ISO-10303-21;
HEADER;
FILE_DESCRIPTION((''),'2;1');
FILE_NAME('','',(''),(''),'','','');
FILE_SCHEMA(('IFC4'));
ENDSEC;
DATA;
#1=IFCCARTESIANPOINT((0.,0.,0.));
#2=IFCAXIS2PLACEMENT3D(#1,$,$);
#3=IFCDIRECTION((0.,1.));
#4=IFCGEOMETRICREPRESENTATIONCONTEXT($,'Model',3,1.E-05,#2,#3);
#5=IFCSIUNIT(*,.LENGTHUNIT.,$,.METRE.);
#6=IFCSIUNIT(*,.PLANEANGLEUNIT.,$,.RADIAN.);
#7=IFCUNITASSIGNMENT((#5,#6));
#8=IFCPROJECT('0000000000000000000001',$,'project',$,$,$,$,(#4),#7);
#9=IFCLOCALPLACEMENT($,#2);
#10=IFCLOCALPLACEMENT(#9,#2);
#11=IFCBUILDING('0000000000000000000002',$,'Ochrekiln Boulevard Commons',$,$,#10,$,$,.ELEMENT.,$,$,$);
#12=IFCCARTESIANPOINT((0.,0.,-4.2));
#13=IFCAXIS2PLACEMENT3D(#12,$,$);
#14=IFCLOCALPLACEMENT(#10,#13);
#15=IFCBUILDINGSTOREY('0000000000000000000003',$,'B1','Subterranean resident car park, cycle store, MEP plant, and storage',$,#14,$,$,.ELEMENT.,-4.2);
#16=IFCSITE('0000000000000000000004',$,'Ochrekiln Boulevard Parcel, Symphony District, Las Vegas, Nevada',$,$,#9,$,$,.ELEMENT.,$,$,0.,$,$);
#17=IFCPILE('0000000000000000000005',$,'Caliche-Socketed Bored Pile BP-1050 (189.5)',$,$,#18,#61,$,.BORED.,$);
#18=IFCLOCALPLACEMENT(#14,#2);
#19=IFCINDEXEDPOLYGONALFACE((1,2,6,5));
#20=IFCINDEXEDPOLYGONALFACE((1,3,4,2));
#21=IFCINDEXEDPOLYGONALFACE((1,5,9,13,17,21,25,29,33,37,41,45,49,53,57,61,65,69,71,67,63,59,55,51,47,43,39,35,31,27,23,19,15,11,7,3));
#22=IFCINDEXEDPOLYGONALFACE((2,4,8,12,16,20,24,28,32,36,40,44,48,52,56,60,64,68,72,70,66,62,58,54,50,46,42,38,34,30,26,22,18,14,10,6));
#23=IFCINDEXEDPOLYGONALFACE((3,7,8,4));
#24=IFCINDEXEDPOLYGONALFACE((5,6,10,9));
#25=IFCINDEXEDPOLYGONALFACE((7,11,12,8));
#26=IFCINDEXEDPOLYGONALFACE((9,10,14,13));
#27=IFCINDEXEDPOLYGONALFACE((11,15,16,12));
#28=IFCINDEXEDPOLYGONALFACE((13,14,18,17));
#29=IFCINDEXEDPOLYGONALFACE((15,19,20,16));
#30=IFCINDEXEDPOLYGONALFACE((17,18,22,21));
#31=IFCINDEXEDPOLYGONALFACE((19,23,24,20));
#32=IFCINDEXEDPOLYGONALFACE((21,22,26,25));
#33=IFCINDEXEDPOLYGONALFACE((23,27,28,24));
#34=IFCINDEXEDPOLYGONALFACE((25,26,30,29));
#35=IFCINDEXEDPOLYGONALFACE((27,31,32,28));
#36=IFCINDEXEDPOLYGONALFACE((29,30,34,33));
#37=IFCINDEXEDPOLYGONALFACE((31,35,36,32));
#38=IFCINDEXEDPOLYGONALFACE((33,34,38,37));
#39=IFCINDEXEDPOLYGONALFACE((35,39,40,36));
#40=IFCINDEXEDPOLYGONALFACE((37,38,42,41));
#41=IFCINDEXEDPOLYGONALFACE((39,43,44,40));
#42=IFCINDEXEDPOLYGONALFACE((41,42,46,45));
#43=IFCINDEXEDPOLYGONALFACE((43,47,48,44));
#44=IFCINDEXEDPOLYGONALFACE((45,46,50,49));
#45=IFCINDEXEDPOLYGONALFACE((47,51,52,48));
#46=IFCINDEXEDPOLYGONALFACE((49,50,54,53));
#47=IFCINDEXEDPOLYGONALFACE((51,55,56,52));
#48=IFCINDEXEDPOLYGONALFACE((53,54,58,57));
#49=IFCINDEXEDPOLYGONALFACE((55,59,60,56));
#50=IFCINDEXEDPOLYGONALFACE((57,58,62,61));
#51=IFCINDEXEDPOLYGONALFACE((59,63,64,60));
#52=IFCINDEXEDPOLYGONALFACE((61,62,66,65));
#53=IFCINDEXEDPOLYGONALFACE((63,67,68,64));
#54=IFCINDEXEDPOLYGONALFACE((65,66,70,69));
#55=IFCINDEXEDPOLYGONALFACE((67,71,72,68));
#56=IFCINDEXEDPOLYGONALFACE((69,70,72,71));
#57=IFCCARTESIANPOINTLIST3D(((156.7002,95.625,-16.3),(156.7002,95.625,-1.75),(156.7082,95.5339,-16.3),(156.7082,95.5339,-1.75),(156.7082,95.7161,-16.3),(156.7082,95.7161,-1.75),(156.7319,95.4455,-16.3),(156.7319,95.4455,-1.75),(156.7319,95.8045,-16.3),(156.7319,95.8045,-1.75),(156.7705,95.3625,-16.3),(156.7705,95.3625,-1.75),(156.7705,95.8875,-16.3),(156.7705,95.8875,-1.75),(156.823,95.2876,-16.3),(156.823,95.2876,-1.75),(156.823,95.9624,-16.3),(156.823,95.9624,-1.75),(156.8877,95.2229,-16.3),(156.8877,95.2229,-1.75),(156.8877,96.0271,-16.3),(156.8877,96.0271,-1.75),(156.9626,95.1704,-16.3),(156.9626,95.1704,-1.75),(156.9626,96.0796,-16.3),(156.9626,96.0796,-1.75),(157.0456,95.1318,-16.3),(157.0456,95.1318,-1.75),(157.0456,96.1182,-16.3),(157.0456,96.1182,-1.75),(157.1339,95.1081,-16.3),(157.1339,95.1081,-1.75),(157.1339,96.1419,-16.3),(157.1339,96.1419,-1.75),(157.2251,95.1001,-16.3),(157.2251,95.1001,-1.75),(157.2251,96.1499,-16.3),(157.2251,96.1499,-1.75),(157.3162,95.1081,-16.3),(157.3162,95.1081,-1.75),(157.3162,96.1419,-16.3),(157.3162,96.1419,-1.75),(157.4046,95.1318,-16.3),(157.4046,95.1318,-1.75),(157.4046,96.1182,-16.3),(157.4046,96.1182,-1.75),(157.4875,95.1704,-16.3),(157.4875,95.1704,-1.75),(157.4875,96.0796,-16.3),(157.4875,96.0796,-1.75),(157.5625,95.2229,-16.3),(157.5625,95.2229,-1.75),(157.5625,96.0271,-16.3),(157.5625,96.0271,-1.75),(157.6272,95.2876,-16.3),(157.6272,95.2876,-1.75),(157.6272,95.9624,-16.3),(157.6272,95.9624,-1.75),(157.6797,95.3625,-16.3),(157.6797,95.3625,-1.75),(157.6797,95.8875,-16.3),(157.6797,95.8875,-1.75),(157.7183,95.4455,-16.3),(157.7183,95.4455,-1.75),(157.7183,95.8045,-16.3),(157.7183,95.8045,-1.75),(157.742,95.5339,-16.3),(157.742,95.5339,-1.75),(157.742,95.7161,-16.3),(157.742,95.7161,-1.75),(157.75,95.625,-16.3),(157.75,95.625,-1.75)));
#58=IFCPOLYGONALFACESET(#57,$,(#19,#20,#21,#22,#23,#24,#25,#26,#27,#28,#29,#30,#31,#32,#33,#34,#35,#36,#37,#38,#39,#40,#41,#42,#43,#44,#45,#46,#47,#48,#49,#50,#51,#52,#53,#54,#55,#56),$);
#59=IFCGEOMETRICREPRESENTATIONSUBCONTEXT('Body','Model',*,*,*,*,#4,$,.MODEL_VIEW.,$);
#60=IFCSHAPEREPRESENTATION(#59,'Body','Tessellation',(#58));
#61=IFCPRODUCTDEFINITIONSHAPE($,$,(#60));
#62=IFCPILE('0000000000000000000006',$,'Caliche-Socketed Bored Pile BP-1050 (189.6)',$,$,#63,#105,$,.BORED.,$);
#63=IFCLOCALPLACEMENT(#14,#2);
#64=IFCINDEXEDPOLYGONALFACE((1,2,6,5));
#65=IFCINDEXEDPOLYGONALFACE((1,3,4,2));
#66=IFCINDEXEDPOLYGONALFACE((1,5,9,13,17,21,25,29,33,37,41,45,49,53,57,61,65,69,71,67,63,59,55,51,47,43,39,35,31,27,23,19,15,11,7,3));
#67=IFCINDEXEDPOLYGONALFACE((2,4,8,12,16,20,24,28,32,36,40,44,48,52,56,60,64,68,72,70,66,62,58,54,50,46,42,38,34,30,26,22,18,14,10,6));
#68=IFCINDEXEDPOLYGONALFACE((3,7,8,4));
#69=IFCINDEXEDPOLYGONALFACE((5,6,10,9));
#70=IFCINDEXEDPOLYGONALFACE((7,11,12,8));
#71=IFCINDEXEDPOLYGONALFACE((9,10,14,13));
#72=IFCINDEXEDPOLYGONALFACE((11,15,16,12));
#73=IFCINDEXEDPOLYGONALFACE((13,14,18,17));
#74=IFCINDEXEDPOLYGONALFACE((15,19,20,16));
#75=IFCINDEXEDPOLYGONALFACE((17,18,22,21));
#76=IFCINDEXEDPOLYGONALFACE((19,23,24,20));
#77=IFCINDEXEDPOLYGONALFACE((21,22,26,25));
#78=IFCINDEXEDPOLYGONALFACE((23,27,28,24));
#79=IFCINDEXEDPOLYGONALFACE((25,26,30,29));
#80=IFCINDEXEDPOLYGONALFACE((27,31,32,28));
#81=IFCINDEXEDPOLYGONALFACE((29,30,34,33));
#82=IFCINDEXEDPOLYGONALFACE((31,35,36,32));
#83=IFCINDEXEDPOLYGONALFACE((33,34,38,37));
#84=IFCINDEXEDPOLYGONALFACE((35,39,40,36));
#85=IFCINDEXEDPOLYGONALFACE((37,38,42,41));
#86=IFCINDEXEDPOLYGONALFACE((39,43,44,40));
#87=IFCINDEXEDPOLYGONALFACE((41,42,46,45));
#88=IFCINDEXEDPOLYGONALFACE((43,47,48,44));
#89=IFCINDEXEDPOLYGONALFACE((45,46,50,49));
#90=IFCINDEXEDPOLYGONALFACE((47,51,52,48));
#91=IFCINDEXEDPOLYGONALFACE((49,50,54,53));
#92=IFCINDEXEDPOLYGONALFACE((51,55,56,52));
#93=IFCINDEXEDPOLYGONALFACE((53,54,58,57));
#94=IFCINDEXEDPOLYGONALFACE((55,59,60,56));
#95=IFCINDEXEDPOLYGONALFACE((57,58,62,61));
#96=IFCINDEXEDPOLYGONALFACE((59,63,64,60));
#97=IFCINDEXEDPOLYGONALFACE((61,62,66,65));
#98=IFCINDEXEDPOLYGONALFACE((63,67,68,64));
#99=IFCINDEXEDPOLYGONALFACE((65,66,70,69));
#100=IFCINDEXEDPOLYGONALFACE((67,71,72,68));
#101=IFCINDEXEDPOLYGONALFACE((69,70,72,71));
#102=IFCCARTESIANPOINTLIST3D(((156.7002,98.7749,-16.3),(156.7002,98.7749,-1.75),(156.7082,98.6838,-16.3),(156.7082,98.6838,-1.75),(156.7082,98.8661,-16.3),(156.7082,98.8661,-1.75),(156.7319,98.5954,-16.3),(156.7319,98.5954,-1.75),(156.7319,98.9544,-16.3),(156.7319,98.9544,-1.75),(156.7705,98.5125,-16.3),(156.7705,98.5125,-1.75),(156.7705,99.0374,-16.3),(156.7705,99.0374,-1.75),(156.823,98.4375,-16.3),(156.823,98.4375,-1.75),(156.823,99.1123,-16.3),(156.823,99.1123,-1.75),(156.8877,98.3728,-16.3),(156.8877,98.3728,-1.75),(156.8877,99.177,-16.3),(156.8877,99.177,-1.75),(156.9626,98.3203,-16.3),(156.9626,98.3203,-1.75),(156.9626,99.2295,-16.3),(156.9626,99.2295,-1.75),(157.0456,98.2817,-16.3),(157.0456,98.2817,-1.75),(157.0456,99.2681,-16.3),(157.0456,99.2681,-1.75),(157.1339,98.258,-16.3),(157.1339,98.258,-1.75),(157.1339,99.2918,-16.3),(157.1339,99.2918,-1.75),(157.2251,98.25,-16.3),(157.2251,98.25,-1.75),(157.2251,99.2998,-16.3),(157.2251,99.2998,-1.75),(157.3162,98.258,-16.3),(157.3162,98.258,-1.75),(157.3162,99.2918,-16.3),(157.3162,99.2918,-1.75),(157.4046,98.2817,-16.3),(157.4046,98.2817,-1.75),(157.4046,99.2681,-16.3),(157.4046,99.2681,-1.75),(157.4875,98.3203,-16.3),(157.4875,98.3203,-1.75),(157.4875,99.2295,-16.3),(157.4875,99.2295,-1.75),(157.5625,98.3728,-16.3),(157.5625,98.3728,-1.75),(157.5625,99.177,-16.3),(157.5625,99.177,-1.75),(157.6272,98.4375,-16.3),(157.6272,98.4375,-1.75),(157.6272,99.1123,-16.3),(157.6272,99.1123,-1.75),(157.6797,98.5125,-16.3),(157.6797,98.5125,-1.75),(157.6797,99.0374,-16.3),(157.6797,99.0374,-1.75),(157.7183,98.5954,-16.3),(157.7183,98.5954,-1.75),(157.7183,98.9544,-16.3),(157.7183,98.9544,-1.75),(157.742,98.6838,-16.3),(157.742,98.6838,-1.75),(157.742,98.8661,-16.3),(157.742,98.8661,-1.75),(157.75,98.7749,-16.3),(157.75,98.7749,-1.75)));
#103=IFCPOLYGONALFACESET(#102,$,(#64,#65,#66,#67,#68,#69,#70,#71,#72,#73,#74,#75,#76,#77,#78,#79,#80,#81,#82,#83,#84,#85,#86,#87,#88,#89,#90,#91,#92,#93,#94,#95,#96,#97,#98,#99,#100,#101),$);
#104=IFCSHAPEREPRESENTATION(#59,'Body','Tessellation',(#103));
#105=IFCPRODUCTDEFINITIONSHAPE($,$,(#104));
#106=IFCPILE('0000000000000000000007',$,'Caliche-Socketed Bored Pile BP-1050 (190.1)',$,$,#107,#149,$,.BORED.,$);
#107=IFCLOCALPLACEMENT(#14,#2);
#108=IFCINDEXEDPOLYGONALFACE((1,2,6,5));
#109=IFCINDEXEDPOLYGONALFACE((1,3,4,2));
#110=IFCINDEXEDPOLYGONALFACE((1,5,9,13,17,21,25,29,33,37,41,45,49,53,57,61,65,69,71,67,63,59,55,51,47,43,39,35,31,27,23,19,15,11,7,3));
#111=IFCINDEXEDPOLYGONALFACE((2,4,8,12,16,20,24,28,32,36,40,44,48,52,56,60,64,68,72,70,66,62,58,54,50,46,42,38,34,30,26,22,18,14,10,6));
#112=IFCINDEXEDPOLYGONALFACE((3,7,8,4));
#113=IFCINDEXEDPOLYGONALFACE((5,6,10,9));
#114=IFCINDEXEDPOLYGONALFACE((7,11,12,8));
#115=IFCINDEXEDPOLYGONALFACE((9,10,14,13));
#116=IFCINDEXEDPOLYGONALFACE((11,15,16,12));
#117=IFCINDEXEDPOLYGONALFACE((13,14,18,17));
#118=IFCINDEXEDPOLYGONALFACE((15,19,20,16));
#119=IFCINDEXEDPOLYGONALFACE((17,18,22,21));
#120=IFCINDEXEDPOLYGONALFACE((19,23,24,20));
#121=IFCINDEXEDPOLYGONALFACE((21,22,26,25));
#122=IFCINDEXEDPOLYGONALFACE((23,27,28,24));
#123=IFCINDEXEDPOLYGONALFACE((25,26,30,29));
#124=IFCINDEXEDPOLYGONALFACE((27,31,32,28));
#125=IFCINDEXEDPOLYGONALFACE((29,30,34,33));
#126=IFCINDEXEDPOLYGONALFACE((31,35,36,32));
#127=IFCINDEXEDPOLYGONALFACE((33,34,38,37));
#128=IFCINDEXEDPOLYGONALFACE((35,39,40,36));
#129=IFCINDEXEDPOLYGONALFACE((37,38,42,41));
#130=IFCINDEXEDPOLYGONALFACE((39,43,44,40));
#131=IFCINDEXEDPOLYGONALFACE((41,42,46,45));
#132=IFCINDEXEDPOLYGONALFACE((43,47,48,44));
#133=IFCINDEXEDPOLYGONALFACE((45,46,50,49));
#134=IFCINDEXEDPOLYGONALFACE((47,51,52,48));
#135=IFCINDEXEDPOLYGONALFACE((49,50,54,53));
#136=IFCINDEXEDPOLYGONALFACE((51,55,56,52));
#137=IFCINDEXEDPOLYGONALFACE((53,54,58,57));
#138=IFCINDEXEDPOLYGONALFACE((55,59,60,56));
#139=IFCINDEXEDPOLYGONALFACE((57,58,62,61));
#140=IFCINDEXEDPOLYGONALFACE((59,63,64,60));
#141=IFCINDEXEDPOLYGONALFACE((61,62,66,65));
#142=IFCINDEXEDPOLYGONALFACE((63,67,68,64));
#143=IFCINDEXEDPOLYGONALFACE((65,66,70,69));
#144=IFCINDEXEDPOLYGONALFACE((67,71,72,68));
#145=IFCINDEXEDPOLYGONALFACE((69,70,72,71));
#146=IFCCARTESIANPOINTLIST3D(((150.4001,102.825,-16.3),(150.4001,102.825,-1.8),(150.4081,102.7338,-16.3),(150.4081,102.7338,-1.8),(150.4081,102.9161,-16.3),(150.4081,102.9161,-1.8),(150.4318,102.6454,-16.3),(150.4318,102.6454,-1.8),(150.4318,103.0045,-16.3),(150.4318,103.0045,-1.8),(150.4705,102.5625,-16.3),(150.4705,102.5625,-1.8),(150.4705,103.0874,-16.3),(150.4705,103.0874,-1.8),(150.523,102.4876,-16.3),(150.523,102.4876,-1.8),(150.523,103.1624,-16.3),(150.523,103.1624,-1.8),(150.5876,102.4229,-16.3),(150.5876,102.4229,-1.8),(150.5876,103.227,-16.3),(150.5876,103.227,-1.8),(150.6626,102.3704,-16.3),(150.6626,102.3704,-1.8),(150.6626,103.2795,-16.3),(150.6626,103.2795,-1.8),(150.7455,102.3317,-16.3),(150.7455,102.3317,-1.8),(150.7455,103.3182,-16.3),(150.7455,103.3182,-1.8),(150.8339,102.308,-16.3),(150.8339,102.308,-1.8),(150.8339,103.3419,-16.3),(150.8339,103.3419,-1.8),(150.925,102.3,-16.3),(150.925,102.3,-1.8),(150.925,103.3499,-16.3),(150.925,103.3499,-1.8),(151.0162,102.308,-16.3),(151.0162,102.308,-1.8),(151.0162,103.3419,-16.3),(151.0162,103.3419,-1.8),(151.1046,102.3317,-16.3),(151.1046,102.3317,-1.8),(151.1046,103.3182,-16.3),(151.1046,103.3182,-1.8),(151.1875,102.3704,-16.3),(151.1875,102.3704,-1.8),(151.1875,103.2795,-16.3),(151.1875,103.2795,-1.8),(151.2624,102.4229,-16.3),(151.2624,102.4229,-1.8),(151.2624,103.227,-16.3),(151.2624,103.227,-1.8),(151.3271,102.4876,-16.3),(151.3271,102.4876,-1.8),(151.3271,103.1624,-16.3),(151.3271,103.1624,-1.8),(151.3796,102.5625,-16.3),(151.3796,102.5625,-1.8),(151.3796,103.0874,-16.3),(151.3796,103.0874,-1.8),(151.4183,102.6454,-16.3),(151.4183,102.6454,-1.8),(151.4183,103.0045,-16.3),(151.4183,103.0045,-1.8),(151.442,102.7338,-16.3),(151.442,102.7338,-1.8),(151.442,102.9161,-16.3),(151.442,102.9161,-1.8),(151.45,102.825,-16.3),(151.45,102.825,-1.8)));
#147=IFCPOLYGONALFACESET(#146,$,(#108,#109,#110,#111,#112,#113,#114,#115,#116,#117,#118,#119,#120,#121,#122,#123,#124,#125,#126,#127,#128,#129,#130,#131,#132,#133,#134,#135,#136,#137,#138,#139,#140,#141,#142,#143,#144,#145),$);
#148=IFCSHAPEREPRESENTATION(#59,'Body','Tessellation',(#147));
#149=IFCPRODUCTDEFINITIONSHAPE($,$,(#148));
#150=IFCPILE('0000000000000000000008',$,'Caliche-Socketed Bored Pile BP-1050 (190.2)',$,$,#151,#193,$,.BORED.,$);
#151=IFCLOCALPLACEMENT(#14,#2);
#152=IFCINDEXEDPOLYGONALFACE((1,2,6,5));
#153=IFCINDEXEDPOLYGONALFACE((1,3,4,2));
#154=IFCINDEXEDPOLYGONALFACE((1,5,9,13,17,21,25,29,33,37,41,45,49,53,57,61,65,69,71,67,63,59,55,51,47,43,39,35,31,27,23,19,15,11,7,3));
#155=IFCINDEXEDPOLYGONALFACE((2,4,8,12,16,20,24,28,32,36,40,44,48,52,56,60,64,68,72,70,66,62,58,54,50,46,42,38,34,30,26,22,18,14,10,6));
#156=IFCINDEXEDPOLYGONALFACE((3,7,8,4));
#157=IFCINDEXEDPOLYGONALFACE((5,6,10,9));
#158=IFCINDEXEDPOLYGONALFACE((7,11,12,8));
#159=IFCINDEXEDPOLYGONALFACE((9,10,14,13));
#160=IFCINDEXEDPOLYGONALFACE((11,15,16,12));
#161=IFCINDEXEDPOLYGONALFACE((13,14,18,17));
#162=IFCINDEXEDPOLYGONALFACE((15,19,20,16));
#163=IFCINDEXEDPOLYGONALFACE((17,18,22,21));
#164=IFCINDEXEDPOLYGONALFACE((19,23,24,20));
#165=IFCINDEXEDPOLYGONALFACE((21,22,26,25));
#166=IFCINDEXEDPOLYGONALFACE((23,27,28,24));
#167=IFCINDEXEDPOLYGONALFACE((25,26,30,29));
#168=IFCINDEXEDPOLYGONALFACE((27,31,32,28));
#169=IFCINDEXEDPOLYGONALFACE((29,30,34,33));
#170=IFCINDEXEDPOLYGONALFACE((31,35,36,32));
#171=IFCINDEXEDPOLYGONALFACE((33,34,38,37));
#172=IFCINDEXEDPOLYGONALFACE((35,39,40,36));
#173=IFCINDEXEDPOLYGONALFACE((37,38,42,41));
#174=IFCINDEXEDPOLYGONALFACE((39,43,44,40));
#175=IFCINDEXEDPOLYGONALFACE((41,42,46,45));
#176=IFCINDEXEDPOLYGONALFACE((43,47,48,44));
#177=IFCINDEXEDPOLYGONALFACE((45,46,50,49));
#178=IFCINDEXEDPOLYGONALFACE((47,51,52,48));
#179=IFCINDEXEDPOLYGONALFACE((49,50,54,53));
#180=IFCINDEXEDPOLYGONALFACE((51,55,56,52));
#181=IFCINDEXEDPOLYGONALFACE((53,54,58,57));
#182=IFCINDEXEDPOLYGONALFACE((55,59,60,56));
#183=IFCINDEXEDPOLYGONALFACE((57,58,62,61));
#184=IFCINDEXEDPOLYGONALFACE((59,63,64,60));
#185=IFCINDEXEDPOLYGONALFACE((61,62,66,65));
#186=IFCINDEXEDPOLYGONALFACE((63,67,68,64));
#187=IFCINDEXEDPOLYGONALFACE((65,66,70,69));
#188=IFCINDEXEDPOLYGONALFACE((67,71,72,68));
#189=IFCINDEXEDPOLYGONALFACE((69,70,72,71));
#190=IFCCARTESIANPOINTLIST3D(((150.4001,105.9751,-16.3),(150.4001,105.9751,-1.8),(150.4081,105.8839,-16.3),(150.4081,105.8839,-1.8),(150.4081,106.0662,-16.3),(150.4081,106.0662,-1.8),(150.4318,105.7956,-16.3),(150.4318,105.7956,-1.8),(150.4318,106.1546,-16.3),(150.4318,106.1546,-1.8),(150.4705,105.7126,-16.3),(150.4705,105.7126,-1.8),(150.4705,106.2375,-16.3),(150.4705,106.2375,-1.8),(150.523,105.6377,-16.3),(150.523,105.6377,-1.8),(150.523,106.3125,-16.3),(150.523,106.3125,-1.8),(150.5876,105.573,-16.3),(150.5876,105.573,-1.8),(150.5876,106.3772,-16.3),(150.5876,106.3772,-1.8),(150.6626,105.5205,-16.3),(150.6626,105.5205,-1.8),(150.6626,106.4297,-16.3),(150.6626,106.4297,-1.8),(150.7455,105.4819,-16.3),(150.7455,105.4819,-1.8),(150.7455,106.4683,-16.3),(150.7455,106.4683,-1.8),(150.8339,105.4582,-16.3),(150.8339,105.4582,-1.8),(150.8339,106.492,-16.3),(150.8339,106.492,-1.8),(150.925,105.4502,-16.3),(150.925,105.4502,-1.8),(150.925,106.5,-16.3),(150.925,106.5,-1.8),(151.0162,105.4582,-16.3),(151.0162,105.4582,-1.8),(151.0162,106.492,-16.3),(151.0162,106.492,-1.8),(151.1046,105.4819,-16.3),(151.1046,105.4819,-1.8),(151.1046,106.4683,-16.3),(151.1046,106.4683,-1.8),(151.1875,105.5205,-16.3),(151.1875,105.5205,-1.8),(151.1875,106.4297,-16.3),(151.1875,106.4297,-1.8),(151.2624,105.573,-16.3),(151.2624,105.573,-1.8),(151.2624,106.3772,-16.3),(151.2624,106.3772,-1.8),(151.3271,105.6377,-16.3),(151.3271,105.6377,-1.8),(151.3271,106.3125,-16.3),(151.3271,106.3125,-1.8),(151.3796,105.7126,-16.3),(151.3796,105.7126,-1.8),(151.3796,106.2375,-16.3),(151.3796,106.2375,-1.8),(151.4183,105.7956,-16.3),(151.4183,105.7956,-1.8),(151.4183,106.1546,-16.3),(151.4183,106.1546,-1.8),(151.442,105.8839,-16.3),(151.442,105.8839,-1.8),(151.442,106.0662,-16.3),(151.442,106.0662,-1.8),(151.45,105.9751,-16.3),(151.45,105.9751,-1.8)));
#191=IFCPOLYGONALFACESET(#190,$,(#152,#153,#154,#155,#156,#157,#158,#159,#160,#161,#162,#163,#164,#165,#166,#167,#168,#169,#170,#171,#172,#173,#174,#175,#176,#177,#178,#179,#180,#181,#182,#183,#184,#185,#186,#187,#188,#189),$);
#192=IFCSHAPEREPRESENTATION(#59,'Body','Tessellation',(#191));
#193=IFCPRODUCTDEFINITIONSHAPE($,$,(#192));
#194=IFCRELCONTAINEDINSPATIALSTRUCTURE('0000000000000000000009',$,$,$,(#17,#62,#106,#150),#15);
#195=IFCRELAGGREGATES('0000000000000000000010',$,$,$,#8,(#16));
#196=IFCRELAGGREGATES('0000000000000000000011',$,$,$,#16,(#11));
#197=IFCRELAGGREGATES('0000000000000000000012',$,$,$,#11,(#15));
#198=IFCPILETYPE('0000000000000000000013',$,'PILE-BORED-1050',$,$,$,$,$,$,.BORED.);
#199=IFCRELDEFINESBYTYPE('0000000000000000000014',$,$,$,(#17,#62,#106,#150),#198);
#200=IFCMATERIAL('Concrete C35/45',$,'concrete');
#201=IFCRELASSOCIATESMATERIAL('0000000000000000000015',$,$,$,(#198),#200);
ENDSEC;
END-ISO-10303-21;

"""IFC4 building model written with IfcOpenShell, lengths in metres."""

from ifc_helpers import new_model, si_unit, direction, frame, origin, origin_2d, place, context, subcontext, project, spatial, circle, extrude, material, material_profile, profile_set, type_object, element, save


model = new_model("IFC4")

# Units and contexts
model_context = context("Model", 3, precision=1e-05, world=origin(), true_north=direction((0.0, 1.0)))
body_context = subcontext(model_context, "Body", "Model", "MODEL_VIEW")
ifc_project = project(units=[si_unit("LENGTHUNIT", "METRE"), si_unit("PLANEANGLEUNIT", "RADIAN")], contexts=[model_context])

# Site, building, storey
site_placement = place(None, origin())
site = spatial("IfcSite", under=ifc_project, at=site_placement, Name="Ochrekiln Boulevard Parcel, Symphony District, Las Vegas, Nevada", CompositionType="ELEMENT", RefElevation=0.0)
building_placement = place(site_placement, origin())
building = spatial("IfcBuilding", under=site, at=building_placement, Name="Ochrekiln Boulevard Commons", CompositionType="ELEMENT")
storey_placement = place(building_placement, frame((0.0, 0.0, -4.2)))
storey = spatial("IfcBuildingStorey", under=building, at=storey_placement, Name="B1", Description="Subterranean resident car park, cycle store, MEP plant, and storage", CompositionType="ELEMENT", Elevation=-4.2)

# Shared definitions
ifc_material_1 = material(Name="Concrete C35/45", Category="concrete")

# Piles
ifc_material_profile_1 = material_profile(ifc_material_1, circle(Radius=0.5249, at=origin_2d()), Name="PILE-D1050")
ifc_profile_set_1 = profile_set([ifc_material_profile_1], Name="Concrete C35/45")
pile_type = type_object("IfcPileType", Name="PILE-BORED-1050", PredefinedType="BORED", material=ifc_profile_set_1)
for number, where, z_axis, x_axis, name in (
    (1, (157.2251, 95.625, -1.75), (0.0, 0.0, -1.0), (1.0, 0.0, 0.0), "Caliche-Socketed Bored Pile BP-1050 (189.5)"),
    (2, (157.2251, 98.7749, -1.75), (0.0, 0.0, -1.0), (1.0, 0.0, 0.0), "Caliche-Socketed Bored Pile BP-1050 (189.6)"),
):
    element("IfcPile", number, at=place(storey_placement, frame(where, z_axis=z_axis, x_axis=x_axis)), inside=storey, type_object=pile_type, Name=name, PredefinedType="BORED", context=body_context, shape_type="SweptSolid", body=[
        extrude(circle(Radius=0.5249, at=origin_2d()), origin(), (0.0, 0.0, 1.0), 14.55),
    ])
for number, where, z_axis, x_axis, name in (
    (3, (150.925, 102.825, -1.8), (0.0, 0.0, -1.0), (1.0, 0.0, 0.0), "Caliche-Socketed Bored Pile BP-1050 (190.1)"),
    (4, (150.925, 105.9751, -1.8), (0.0, 0.0, -1.0), (1.0, 0.0, 0.0), "Caliche-Socketed Bored Pile BP-1050 (190.2)"),
):
    element("IfcPile", number, at=place(storey_placement, frame(where, z_axis=z_axis, x_axis=x_axis)), inside=storey, type_object=pile_type, Name=name, PredefinedType="BORED", context=body_context, shape_type="SweptSolid", body=[
        extrude(circle(Radius=0.5249, at=origin_2d()), origin(), (0.0, 0.0, 1.0), 14.5),
    ])

save(model, "model.ifc")
